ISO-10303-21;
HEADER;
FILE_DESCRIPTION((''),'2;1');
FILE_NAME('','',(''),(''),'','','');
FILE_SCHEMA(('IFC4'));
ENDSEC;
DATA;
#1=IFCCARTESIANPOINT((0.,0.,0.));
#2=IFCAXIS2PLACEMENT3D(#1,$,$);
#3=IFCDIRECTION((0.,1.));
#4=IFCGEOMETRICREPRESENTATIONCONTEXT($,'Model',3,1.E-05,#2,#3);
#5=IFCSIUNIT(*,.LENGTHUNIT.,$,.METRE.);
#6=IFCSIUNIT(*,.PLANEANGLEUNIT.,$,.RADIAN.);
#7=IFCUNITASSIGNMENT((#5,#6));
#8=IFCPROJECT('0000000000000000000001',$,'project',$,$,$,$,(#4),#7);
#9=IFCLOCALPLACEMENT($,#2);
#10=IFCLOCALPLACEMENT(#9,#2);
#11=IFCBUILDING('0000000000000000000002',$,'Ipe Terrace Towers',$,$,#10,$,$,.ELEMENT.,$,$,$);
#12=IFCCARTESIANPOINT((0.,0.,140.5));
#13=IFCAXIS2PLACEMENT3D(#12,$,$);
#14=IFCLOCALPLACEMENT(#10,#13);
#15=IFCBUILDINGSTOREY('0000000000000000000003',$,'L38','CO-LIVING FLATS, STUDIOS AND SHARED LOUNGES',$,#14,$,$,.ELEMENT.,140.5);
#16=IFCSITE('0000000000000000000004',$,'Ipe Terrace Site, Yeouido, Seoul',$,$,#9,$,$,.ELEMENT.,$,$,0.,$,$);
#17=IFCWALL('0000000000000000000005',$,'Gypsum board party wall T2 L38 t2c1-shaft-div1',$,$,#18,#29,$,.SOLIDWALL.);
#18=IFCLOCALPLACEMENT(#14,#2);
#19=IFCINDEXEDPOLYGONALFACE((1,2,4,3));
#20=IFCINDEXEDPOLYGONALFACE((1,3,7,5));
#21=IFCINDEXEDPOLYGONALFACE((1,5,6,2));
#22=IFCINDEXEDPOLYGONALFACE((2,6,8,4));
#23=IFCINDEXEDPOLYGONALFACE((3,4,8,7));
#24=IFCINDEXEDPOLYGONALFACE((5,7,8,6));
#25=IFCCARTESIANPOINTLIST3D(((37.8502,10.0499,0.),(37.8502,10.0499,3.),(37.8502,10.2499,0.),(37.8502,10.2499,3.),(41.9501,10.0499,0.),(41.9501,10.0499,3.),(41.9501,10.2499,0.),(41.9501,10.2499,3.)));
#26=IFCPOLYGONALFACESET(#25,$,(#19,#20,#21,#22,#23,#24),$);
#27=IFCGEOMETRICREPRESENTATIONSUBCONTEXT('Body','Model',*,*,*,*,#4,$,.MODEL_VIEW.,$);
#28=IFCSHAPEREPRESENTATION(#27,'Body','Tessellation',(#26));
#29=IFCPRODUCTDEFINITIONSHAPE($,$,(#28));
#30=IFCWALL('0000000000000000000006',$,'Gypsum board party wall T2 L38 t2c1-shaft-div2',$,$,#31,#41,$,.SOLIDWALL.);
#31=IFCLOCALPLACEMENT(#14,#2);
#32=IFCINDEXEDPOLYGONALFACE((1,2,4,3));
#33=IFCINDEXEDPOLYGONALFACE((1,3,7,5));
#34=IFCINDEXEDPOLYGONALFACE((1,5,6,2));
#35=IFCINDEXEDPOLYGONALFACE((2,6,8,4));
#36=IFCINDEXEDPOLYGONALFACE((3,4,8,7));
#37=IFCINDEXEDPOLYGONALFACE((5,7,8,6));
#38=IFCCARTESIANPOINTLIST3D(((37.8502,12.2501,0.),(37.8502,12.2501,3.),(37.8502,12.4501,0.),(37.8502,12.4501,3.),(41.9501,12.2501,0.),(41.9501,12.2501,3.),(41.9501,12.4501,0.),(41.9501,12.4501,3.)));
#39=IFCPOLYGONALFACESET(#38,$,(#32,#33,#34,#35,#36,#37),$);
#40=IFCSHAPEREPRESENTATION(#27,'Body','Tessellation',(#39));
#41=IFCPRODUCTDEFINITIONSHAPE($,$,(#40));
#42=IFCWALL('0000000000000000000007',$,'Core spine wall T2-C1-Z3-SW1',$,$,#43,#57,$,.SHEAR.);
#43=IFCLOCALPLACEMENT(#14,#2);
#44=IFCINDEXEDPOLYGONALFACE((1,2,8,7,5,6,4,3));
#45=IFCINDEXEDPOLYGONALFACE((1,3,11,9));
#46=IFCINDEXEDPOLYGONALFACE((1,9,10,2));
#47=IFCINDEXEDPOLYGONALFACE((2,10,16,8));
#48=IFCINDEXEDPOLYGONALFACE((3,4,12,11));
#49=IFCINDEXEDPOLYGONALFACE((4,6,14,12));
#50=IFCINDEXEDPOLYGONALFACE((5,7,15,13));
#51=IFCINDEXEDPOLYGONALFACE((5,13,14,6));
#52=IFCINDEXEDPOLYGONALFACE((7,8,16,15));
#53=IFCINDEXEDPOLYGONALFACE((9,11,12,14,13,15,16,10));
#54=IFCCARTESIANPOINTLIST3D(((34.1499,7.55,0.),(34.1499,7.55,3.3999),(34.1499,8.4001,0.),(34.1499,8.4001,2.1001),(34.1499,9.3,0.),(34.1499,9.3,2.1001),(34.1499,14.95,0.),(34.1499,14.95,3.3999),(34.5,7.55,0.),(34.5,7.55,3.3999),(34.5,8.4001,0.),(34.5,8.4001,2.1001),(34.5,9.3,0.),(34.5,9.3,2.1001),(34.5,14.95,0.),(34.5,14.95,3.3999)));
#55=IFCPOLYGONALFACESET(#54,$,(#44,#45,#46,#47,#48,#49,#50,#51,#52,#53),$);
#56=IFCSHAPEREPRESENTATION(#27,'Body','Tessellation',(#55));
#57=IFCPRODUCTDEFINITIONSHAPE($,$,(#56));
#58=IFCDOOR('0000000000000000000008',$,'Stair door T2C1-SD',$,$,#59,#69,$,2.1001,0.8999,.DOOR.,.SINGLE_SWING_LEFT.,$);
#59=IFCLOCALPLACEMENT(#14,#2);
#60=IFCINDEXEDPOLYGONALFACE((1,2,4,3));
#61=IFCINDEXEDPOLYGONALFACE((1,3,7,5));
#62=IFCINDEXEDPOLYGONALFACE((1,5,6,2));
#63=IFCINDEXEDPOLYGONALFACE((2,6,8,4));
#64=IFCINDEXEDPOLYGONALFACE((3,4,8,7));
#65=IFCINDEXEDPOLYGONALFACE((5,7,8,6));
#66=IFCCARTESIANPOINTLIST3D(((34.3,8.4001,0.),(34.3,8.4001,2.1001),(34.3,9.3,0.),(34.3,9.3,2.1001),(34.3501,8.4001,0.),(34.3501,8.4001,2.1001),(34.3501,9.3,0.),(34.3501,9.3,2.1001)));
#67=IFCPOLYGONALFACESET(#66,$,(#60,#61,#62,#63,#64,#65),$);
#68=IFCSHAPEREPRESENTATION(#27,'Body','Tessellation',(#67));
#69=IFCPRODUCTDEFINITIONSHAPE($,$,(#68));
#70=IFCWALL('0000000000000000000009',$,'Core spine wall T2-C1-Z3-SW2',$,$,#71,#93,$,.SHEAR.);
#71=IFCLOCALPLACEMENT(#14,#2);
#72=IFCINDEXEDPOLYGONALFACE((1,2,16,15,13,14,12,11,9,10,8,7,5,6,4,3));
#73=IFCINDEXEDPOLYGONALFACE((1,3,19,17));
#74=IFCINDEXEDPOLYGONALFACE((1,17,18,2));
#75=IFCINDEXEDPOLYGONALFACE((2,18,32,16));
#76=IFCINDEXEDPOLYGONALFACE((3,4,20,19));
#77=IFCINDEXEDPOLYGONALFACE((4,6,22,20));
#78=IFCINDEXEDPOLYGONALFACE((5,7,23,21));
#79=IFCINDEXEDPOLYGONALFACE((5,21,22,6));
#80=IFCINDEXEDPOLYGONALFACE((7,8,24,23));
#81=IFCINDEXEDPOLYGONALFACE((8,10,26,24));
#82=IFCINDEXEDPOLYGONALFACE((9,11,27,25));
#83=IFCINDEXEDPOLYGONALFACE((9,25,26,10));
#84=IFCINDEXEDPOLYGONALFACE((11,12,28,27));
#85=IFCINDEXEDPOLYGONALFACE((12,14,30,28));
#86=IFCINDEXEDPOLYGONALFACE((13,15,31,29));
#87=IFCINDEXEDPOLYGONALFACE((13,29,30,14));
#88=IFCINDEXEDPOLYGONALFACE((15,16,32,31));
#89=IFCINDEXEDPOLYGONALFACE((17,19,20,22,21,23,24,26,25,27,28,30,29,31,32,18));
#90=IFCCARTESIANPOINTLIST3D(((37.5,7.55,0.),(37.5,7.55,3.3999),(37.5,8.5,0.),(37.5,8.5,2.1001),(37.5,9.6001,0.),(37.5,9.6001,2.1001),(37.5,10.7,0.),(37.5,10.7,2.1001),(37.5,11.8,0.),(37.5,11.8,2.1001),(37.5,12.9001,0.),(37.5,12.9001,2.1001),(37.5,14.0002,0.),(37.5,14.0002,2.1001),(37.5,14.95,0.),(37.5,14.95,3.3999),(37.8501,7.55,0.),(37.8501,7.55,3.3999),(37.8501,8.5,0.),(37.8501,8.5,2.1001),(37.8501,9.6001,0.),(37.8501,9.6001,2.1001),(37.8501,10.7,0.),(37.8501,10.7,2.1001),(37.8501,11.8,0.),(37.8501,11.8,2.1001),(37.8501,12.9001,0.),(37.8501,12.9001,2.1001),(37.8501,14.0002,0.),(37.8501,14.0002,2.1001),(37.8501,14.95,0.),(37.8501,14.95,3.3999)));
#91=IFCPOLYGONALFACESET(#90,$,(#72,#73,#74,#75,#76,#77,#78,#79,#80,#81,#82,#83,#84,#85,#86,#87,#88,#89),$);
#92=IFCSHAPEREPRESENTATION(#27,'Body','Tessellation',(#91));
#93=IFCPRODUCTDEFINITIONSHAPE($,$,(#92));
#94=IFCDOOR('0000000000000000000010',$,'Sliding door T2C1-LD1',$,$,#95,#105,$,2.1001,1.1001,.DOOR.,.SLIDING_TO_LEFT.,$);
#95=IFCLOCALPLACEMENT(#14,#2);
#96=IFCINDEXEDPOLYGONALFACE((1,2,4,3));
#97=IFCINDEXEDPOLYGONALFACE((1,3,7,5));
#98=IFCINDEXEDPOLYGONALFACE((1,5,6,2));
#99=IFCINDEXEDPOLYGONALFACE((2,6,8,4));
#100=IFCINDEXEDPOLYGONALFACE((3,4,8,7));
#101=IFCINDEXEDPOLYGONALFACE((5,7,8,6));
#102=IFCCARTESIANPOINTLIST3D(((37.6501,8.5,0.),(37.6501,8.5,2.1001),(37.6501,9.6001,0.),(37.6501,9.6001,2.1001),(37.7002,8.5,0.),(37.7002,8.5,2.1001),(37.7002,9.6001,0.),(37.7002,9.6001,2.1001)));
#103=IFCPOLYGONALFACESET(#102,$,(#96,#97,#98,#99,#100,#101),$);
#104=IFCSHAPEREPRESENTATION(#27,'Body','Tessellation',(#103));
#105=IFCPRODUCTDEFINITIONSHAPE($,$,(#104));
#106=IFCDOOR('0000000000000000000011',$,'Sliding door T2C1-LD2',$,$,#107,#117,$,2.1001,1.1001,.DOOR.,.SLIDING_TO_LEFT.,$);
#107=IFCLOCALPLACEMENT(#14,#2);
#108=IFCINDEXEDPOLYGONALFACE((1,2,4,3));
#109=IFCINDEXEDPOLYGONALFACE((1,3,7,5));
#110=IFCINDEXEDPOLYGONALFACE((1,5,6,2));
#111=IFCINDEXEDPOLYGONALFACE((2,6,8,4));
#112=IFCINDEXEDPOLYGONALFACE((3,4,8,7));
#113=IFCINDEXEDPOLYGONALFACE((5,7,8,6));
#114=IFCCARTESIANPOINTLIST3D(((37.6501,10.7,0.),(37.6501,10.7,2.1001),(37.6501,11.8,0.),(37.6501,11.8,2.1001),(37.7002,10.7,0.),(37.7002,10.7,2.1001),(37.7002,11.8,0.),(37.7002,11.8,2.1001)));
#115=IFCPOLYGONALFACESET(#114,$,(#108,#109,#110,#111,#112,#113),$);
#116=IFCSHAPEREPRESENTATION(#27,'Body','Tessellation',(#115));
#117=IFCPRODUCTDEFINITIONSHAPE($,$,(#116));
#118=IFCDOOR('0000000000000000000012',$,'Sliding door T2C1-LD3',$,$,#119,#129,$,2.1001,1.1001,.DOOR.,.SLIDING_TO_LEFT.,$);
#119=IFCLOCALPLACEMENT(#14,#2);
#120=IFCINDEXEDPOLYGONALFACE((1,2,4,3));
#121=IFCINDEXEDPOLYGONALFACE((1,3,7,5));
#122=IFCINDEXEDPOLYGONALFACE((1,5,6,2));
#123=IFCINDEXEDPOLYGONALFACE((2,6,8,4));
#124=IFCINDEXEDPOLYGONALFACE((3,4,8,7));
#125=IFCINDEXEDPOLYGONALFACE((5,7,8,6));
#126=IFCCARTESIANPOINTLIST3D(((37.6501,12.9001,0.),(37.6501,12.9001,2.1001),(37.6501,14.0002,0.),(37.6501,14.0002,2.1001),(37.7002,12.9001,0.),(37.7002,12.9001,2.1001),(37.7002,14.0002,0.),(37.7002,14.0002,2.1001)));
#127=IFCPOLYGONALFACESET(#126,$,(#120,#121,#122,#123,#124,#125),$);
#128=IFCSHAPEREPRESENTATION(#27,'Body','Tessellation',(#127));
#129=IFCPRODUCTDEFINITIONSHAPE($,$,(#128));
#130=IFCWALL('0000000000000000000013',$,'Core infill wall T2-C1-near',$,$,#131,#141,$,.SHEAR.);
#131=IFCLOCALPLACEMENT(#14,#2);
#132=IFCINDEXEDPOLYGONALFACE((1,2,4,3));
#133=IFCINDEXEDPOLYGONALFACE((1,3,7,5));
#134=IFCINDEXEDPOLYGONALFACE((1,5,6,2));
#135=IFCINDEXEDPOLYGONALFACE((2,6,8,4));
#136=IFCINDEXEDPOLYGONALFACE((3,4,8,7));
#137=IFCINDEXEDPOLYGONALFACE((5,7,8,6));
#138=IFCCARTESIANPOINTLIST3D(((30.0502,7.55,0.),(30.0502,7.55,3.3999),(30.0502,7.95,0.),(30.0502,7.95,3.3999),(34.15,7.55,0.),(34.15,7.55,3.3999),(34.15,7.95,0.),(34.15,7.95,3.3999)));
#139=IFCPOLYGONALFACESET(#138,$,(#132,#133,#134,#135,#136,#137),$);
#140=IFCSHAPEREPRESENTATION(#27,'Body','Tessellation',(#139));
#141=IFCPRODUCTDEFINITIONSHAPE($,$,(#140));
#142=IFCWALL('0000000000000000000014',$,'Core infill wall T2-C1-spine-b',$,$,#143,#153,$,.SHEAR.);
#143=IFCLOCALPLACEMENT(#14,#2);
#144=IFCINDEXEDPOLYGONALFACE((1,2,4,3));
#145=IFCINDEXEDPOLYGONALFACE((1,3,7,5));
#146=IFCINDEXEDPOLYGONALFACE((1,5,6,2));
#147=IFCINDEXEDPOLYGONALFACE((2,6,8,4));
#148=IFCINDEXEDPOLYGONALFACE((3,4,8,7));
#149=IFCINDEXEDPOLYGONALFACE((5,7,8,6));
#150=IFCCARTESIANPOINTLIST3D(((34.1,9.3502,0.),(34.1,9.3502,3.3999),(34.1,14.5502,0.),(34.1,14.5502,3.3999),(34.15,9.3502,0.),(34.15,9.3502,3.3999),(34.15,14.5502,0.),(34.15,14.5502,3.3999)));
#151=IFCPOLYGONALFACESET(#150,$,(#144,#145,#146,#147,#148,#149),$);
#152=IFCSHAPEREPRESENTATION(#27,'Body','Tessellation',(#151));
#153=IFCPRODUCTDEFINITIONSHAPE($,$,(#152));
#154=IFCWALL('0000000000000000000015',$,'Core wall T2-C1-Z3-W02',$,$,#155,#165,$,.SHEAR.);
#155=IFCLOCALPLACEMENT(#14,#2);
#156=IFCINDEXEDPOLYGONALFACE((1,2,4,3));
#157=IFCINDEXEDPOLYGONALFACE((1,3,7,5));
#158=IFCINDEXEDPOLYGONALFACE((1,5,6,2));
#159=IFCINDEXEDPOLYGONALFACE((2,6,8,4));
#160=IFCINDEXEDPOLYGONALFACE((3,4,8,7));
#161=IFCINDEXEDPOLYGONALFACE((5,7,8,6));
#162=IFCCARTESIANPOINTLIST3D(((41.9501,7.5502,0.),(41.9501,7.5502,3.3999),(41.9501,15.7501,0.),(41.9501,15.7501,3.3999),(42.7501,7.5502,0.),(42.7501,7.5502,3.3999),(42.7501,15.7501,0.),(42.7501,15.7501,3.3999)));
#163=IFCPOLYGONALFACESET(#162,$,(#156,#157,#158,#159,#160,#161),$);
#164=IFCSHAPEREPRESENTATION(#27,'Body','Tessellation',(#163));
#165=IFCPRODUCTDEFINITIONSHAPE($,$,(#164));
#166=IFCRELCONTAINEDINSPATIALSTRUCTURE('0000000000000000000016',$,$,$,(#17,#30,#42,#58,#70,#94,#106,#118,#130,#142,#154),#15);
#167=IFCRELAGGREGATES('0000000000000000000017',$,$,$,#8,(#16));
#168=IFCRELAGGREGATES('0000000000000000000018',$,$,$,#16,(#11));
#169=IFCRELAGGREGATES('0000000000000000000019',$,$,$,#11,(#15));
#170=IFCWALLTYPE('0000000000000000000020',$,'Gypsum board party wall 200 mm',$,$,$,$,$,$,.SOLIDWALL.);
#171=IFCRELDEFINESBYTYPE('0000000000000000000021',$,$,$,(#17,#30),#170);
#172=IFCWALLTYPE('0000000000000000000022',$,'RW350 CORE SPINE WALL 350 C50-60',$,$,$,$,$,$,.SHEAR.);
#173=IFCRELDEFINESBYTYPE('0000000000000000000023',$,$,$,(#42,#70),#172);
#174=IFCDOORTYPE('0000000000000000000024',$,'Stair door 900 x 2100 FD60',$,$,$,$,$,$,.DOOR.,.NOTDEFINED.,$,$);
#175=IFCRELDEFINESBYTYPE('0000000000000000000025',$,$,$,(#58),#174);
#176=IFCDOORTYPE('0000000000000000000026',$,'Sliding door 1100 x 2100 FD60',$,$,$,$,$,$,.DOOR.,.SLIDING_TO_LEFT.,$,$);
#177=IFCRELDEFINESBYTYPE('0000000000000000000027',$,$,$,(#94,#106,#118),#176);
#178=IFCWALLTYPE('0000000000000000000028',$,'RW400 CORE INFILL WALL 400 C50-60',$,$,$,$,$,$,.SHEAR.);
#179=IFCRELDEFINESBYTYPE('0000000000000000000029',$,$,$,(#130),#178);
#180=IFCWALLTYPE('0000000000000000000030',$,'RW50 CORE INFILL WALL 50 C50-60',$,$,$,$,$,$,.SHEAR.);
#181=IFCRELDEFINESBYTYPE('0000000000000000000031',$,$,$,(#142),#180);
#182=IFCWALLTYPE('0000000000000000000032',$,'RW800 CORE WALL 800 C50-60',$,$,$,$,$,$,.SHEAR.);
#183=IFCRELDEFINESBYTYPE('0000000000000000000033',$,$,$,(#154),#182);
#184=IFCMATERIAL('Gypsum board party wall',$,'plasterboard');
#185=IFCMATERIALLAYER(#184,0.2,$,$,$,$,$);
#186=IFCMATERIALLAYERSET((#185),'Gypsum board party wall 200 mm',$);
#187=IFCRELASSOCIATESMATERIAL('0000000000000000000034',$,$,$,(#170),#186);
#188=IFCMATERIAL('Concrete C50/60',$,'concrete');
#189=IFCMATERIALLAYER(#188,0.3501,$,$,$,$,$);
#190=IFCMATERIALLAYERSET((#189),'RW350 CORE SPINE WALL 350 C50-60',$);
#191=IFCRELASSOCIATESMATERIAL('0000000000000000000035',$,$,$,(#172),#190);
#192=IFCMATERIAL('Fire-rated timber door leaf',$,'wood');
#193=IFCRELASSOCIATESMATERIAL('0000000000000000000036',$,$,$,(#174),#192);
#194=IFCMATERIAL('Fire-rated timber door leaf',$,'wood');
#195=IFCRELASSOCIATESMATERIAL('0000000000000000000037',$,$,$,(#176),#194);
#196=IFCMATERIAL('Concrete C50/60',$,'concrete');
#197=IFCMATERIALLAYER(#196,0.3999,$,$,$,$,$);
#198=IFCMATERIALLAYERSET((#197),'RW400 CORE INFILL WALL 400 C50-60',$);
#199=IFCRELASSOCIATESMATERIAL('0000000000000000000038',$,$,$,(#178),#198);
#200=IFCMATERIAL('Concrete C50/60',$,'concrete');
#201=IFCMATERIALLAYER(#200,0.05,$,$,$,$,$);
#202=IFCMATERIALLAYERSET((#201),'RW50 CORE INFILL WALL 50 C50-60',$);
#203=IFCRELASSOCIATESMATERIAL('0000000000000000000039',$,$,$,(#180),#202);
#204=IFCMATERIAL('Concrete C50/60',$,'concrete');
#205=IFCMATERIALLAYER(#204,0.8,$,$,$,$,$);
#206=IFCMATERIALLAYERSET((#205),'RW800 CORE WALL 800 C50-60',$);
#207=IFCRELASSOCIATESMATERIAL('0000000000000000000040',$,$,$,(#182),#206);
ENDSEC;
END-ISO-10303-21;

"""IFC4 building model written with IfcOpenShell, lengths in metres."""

from ifc_helpers import new_model, si_unit, direction, frame, frame_2d, origin, place, context, subcontext, project, spatial, rectangle, extrude, material, layer, layer_set, type_object, element, fill, save


model = new_model("IFC4")

# Units and contexts
model_context = context("Model", 3, precision=1e-05, world=origin(), true_north=direction((0.0, 1.0)))
body_context = subcontext(model_context, "Body", "Model", "MODEL_VIEW")
ifc_project = project(units=[si_unit("LENGTHUNIT", "METRE"), si_unit("PLANEANGLEUNIT", "RADIAN")], contexts=[model_context])

# Site, building, storey
site_placement = place(None, origin())
site = spatial("IfcSite", under=ifc_project, at=site_placement, Name="Ipe Terrace Site, Yeouido, Seoul", CompositionType="ELEMENT", RefElevation=0.0)
building_placement = place(site_placement, origin())
building = spatial("IfcBuilding", under=site, at=building_placement, Name="Ipe Terrace Towers", CompositionType="ELEMENT")
storey_placement = place(building_placement, frame((0.0, 0.0, 140.5)))
storey = spatial("IfcBuildingStorey", under=building, at=storey_placement, Name="L38", Description="CO-LIVING FLATS, STUDIOS AND SHARED LOUNGES", CompositionType="ELEMENT", Elevation=140.5)

# Walls
ifc_material_1 = material(Name="Gypsum board party wall", Category="plasterboard")
ifc_layer_1 = layer(ifc_material_1, 0.2)
ifc_layer_set_1 = layer_set([ifc_layer_1], Name="Gypsum board party wall 200 mm")
wall_type_1 = type_object("IfcWallType", Name="Gypsum board party wall 200 mm", PredefinedType="SOLIDWALL", material=ifc_layer_set_1)
for number, where, z_axis, x_axis, name in (
    (1, (41.95, 10.1499, 0.0), (0.0, 0.0, 1.0), (-1.0, 0.0, 0.0), "Gypsum board party wall T2 L38 t2c1-shaft-div1"),
    (2, (41.95, 12.3501, 0.0), (0.0, 0.0, 1.0), (-1.0, 0.0, 0.0), "Gypsum board party wall T2 L38 t2c1-shaft-div2"),
):
    element("IfcWall", number, at=place(storey_placement, frame(where, z_axis=z_axis, x_axis=x_axis)), inside=storey, type_object=wall_type_1, Name=name, PredefinedType="SOLIDWALL", context=body_context, shape_type="SweptSolid", body=[
        extrude(rectangle(XDim=4.0999, YDim=0.2, at=frame_2d((2.0498, 0.0))), origin(), (0.0, 0.0, 1.0), 3.0),
    ])

# Wall, opening, door
ifc_material_2 = material(Name="Concrete C50/60", Category="concrete")
ifc_layer_2 = layer(ifc_material_2, 0.3501)
ifc_layer_set_2 = layer_set([ifc_layer_2], Name="RW350 CORE SPINE WALL 350 C50-60")
wall_type_2 = type_object("IfcWallType", Name="RW350 CORE SPINE WALL 350 C50-60", PredefinedType="SHEAR", material=ifc_layer_set_2)
wall_1_placement = place(storey_placement, frame((34.325, 7.55, 0.0), z_axis=(0.0, 0.0, 1.0), x_axis=(0.0, 1.0, 0.0)))
wall_1 = element("IfcWall", 3, at=wall_1_placement, inside=storey, type_object=wall_type_2, Name="Core spine wall T2-C1-Z3-SW1", PredefinedType="SHEAR", context=body_context, shape_type="SweptSolid", body=[
    extrude(rectangle(XDim=7.3999, YDim=0.3501, at=frame_2d((3.7, 0.0))), origin(), (0.0, 0.0, 1.0), 3.3999),
])
opening_1_placement = place(wall_1_placement, frame((0.8501, 0.0, 0.0)))
opening_1 = element("IfcOpeningElement", 4, at=opening_1_placement, cuts=wall_1, PredefinedType="OPENING", context=body_context, shape_type="SweptSolid", body=[
    extrude(rectangle(XDim=0.8999, YDim=2.1001, at=frame_2d((0.45, 1.05))), frame((0.0, 0.1851, 0.0), z_axis=(0.0, -1.0, 0.0), x_axis=(1.0, 0.0, 0.0)), (0.0, 0.0, 1.0), 0.3701),
])
ifc_material_3 = material(Name="Fire-rated timber door leaf", Category="wood")
door_type_1 = type_object("IfcDoorType", Name="Stair door 900 x 2100 FD60", OperationType="NOTDEFINED", PredefinedType="DOOR", material=ifc_material_3)
door_1_placement = place(opening_1_placement, origin())
door_1 = element("IfcDoor", 5, at=door_1_placement, inside=storey, type_object=door_type_1, Name="Stair door T2C1-SD", OperationType="SINGLE_SWING_LEFT", OverallHeight=2.1001, OverallWidth=0.8999, PredefinedType="DOOR", context=body_context, shape_type="SweptSolid", body=[
    extrude(rectangle(XDim=0.8999, YDim=2.1001, at=frame_2d((0.45, 1.05))), frame((0.0, 0.0249, 0.0), z_axis=(0.0, -1.0, 0.0), x_axis=(1.0, 0.0, 0.0)), (0.0, 0.0, 1.0), 0.05),
])
fill(opening_1, door_1)

# Wall, openings, doors
wall_2_placement = place(storey_placement, frame((37.675, 7.55, 0.0), z_axis=(0.0, 0.0, 1.0), x_axis=(0.0, 1.0, 0.0)))
wall_2 = element("IfcWall", 6, at=wall_2_placement, inside=storey, type_object=wall_type_2, Name="Core spine wall T2-C1-Z3-SW2", PredefinedType="SHEAR", context=body_context, shape_type="SweptSolid", body=[
    extrude(rectangle(XDim=7.3999, YDim=0.3501, at=frame_2d((3.7, 0.0))), origin(), (0.0, 0.0, 1.0), 3.3999),
])
opening_2_placement = place(wall_2_placement, frame((0.95, 0.0, 0.0)))
opening_2 = element("IfcOpeningElement", 7, at=opening_2_placement, cuts=wall_2, PredefinedType="OPENING", context=body_context, shape_type="SweptSolid", body=[
    extrude(rectangle(XDim=1.1001, YDim=2.1001, at=frame_2d((0.55, 1.05))), frame((0.0, 0.1851, 0.0), z_axis=(0.0, -1.0, 0.0), x_axis=(1.0, 0.0, 0.0)), (0.0, 0.0, 1.0), 0.3701),
])
opening_3_placement = place(wall_2_placement, frame((3.1499, 0.0, 0.0)))
opening_3 = element("IfcOpeningElement", 8, at=opening_3_placement, cuts=wall_2, PredefinedType="OPENING", context=body_context, shape_type="SweptSolid", body=[
    extrude(rectangle(XDim=1.1001, YDim=2.1001, at=frame_2d((0.55, 1.05))), frame((0.0, 0.1851, 0.0), z_axis=(0.0, -1.0, 0.0), x_axis=(1.0, 0.0, 0.0)), (0.0, 0.0, 1.0), 0.3701),
])
opening_4_placement = place(wall_2_placement, frame((5.3501, 0.0, 0.0)))
opening_4 = element("IfcOpeningElement", 9, at=opening_4_placement, cuts=wall_2, PredefinedType="OPENING", context=body_context, shape_type="SweptSolid", body=[
    extrude(rectangle(XDim=1.1001, YDim=2.1001, at=frame_2d((0.55, 1.05))), frame((0.0, 0.1851, 0.0), z_axis=(0.0, -1.0, 0.0), x_axis=(1.0, 0.0, 0.0)), (0.0, 0.0, 1.0), 0.3701),
])
ifc_material_4 = material(Name="Fire-rated timber door leaf", Category="wood")
door_type_2 = type_object("IfcDoorType", Name="Sliding door 1100 x 2100 FD60", OperationType="SLIDING_TO_LEFT", PredefinedType="DOOR", material=ifc_material_4)
door_2_placement = place(opening_2_placement, origin())
door_2 = element("IfcDoor", 10, at=door_2_placement, inside=storey, type_object=door_type_2, Name="Sliding door T2C1-LD1", OperationType="SLIDING_TO_LEFT", OverallHeight=2.1001, OverallWidth=1.1001, PredefinedType="DOOR", context=body_context, shape_type="SweptSolid", body=[
    extrude(rectangle(XDim=1.1001, YDim=2.1001, at=frame_2d((0.55, 1.05))), frame((0.0, 0.0249, 0.0), z_axis=(0.0, -1.0, 0.0), x_axis=(1.0, 0.0, 0.0)), (0.0, 0.0, 1.0), 0.05),
])
fill(opening_2, door_2)
door_3_placement = place(opening_3_placement, origin())
door_3 = element("IfcDoor", 11, at=door_3_placement, inside=storey, type_object=door_type_2, Name="Sliding door T2C1-LD2", OperationType="SLIDING_TO_LEFT", OverallHeight=2.1001, OverallWidth=1.1001, PredefinedType="DOOR", context=body_context, shape_type="SweptSolid", body=[
    extrude(rectangle(XDim=1.1001, YDim=2.1001, at=frame_2d((0.55, 1.05))), frame((0.0, 0.0249, 0.0), z_axis=(0.0, -1.0, 0.0), x_axis=(1.0, 0.0, 0.0)), (0.0, 0.0, 1.0), 0.05),
])
fill(opening_3, door_3)
door_4_placement = place(opening_4_placement, origin())
door_4 = element("IfcDoor", 12, at=door_4_placement, inside=storey, type_object=door_type_2, Name="Sliding door T2C1-LD3", OperationType="SLIDING_TO_LEFT", OverallHeight=2.1001, OverallWidth=1.1001, PredefinedType="DOOR", context=body_context, shape_type="SweptSolid", body=[
    extrude(rectangle(XDim=1.1001, YDim=2.1001, at=frame_2d((0.55, 1.05))), frame((0.0, 0.0249, 0.0), z_axis=(0.0, -1.0, 0.0), x_axis=(1.0, 0.0, 0.0)), (0.0, 0.0, 1.0), 0.05),
])
fill(opening_4, door_4)

# Walls
ifc_material_5 = material(Name="Concrete C50/60", Category="concrete")
ifc_layer_3 = layer(ifc_material_5, 0.3999)
ifc_layer_set_3 = layer_set([ifc_layer_3], Name="RW400 CORE INFILL WALL 400 C50-60")
wall_type_3 = type_object("IfcWallType", Name="RW400 CORE INFILL WALL 400 C50-60", PredefinedType="SHEAR", material=ifc_layer_set_3)
wall_3_placement = place(storey_placement, frame((34.1499, 7.75, 0.0), z_axis=(0.0, 0.0, 1.0), x_axis=(-1.0, 0.0, 0.0)))
element("IfcWall", 13, at=wall_3_placement, inside=storey, type_object=wall_type_3, Name="Core infill wall T2-C1-near", PredefinedType="SHEAR", context=body_context, shape_type="SweptSolid", body=[
    extrude(rectangle(XDim=4.0999, YDim=0.3999, at=frame_2d((2.0498, 0.0))), origin(), (0.0, 0.0, 1.0), 3.3999),
])
ifc_material_6 = material(Name="Concrete C50/60", Category="concrete")
ifc_layer_4 = layer(ifc_material_6, 0.05)
ifc_layer_set_4 = layer_set([ifc_layer_4], Name="RW50 CORE INFILL WALL 50 C50-60")
wall_type_4 = type_object("IfcWallType", Name="RW50 CORE INFILL WALL 50 C50-60", PredefinedType="SHEAR", material=ifc_layer_set_4)
wall_4_placement = place(storey_placement, frame((34.125, 9.3501, 0.0), z_axis=(0.0, 0.0, 1.0), x_axis=(0.0, 1.0, 0.0)))
element("IfcWall", 14, at=wall_4_placement, inside=storey, type_object=wall_type_4, Name="Core infill wall T2-C1-spine-b", PredefinedType="SHEAR", context=body_context, shape_type="SweptSolid", body=[
    extrude(rectangle(XDim=5.2, YDim=0.05, at=frame_2d((2.6001, 0.0))), origin(), (0.0, 0.0, 1.0), 3.3999),
])
ifc_material_7 = material(Name="Concrete C50/60", Category="concrete")
ifc_layer_5 = layer(ifc_material_7, 0.8)
ifc_layer_set_5 = layer_set([ifc_layer_5], Name="RW800 CORE WALL 800 C50-60")
wall_type_5 = type_object("IfcWallType", Name="RW800 CORE WALL 800 C50-60", PredefinedType="SHEAR", material=ifc_layer_set_5)
wall_5_placement = place(storey_placement, frame((42.3501, 7.55, 0.0), z_axis=(0.0, 0.0, 1.0), x_axis=(0.0, 1.0, 0.0)))
element("IfcWall", 15, at=wall_5_placement, inside=storey, type_object=wall_type_5, Name="Core wall T2-C1-Z3-W02", PredefinedType="SHEAR", context=body_context, shape_type="SweptSolid", body=[
    extrude(rectangle(XDim=8.2, YDim=0.8, at=frame_2d((4.1001, 0.0))), origin(), (0.0, 0.0, 1.0), 3.3999),
])

save(model, "model.ifc")
